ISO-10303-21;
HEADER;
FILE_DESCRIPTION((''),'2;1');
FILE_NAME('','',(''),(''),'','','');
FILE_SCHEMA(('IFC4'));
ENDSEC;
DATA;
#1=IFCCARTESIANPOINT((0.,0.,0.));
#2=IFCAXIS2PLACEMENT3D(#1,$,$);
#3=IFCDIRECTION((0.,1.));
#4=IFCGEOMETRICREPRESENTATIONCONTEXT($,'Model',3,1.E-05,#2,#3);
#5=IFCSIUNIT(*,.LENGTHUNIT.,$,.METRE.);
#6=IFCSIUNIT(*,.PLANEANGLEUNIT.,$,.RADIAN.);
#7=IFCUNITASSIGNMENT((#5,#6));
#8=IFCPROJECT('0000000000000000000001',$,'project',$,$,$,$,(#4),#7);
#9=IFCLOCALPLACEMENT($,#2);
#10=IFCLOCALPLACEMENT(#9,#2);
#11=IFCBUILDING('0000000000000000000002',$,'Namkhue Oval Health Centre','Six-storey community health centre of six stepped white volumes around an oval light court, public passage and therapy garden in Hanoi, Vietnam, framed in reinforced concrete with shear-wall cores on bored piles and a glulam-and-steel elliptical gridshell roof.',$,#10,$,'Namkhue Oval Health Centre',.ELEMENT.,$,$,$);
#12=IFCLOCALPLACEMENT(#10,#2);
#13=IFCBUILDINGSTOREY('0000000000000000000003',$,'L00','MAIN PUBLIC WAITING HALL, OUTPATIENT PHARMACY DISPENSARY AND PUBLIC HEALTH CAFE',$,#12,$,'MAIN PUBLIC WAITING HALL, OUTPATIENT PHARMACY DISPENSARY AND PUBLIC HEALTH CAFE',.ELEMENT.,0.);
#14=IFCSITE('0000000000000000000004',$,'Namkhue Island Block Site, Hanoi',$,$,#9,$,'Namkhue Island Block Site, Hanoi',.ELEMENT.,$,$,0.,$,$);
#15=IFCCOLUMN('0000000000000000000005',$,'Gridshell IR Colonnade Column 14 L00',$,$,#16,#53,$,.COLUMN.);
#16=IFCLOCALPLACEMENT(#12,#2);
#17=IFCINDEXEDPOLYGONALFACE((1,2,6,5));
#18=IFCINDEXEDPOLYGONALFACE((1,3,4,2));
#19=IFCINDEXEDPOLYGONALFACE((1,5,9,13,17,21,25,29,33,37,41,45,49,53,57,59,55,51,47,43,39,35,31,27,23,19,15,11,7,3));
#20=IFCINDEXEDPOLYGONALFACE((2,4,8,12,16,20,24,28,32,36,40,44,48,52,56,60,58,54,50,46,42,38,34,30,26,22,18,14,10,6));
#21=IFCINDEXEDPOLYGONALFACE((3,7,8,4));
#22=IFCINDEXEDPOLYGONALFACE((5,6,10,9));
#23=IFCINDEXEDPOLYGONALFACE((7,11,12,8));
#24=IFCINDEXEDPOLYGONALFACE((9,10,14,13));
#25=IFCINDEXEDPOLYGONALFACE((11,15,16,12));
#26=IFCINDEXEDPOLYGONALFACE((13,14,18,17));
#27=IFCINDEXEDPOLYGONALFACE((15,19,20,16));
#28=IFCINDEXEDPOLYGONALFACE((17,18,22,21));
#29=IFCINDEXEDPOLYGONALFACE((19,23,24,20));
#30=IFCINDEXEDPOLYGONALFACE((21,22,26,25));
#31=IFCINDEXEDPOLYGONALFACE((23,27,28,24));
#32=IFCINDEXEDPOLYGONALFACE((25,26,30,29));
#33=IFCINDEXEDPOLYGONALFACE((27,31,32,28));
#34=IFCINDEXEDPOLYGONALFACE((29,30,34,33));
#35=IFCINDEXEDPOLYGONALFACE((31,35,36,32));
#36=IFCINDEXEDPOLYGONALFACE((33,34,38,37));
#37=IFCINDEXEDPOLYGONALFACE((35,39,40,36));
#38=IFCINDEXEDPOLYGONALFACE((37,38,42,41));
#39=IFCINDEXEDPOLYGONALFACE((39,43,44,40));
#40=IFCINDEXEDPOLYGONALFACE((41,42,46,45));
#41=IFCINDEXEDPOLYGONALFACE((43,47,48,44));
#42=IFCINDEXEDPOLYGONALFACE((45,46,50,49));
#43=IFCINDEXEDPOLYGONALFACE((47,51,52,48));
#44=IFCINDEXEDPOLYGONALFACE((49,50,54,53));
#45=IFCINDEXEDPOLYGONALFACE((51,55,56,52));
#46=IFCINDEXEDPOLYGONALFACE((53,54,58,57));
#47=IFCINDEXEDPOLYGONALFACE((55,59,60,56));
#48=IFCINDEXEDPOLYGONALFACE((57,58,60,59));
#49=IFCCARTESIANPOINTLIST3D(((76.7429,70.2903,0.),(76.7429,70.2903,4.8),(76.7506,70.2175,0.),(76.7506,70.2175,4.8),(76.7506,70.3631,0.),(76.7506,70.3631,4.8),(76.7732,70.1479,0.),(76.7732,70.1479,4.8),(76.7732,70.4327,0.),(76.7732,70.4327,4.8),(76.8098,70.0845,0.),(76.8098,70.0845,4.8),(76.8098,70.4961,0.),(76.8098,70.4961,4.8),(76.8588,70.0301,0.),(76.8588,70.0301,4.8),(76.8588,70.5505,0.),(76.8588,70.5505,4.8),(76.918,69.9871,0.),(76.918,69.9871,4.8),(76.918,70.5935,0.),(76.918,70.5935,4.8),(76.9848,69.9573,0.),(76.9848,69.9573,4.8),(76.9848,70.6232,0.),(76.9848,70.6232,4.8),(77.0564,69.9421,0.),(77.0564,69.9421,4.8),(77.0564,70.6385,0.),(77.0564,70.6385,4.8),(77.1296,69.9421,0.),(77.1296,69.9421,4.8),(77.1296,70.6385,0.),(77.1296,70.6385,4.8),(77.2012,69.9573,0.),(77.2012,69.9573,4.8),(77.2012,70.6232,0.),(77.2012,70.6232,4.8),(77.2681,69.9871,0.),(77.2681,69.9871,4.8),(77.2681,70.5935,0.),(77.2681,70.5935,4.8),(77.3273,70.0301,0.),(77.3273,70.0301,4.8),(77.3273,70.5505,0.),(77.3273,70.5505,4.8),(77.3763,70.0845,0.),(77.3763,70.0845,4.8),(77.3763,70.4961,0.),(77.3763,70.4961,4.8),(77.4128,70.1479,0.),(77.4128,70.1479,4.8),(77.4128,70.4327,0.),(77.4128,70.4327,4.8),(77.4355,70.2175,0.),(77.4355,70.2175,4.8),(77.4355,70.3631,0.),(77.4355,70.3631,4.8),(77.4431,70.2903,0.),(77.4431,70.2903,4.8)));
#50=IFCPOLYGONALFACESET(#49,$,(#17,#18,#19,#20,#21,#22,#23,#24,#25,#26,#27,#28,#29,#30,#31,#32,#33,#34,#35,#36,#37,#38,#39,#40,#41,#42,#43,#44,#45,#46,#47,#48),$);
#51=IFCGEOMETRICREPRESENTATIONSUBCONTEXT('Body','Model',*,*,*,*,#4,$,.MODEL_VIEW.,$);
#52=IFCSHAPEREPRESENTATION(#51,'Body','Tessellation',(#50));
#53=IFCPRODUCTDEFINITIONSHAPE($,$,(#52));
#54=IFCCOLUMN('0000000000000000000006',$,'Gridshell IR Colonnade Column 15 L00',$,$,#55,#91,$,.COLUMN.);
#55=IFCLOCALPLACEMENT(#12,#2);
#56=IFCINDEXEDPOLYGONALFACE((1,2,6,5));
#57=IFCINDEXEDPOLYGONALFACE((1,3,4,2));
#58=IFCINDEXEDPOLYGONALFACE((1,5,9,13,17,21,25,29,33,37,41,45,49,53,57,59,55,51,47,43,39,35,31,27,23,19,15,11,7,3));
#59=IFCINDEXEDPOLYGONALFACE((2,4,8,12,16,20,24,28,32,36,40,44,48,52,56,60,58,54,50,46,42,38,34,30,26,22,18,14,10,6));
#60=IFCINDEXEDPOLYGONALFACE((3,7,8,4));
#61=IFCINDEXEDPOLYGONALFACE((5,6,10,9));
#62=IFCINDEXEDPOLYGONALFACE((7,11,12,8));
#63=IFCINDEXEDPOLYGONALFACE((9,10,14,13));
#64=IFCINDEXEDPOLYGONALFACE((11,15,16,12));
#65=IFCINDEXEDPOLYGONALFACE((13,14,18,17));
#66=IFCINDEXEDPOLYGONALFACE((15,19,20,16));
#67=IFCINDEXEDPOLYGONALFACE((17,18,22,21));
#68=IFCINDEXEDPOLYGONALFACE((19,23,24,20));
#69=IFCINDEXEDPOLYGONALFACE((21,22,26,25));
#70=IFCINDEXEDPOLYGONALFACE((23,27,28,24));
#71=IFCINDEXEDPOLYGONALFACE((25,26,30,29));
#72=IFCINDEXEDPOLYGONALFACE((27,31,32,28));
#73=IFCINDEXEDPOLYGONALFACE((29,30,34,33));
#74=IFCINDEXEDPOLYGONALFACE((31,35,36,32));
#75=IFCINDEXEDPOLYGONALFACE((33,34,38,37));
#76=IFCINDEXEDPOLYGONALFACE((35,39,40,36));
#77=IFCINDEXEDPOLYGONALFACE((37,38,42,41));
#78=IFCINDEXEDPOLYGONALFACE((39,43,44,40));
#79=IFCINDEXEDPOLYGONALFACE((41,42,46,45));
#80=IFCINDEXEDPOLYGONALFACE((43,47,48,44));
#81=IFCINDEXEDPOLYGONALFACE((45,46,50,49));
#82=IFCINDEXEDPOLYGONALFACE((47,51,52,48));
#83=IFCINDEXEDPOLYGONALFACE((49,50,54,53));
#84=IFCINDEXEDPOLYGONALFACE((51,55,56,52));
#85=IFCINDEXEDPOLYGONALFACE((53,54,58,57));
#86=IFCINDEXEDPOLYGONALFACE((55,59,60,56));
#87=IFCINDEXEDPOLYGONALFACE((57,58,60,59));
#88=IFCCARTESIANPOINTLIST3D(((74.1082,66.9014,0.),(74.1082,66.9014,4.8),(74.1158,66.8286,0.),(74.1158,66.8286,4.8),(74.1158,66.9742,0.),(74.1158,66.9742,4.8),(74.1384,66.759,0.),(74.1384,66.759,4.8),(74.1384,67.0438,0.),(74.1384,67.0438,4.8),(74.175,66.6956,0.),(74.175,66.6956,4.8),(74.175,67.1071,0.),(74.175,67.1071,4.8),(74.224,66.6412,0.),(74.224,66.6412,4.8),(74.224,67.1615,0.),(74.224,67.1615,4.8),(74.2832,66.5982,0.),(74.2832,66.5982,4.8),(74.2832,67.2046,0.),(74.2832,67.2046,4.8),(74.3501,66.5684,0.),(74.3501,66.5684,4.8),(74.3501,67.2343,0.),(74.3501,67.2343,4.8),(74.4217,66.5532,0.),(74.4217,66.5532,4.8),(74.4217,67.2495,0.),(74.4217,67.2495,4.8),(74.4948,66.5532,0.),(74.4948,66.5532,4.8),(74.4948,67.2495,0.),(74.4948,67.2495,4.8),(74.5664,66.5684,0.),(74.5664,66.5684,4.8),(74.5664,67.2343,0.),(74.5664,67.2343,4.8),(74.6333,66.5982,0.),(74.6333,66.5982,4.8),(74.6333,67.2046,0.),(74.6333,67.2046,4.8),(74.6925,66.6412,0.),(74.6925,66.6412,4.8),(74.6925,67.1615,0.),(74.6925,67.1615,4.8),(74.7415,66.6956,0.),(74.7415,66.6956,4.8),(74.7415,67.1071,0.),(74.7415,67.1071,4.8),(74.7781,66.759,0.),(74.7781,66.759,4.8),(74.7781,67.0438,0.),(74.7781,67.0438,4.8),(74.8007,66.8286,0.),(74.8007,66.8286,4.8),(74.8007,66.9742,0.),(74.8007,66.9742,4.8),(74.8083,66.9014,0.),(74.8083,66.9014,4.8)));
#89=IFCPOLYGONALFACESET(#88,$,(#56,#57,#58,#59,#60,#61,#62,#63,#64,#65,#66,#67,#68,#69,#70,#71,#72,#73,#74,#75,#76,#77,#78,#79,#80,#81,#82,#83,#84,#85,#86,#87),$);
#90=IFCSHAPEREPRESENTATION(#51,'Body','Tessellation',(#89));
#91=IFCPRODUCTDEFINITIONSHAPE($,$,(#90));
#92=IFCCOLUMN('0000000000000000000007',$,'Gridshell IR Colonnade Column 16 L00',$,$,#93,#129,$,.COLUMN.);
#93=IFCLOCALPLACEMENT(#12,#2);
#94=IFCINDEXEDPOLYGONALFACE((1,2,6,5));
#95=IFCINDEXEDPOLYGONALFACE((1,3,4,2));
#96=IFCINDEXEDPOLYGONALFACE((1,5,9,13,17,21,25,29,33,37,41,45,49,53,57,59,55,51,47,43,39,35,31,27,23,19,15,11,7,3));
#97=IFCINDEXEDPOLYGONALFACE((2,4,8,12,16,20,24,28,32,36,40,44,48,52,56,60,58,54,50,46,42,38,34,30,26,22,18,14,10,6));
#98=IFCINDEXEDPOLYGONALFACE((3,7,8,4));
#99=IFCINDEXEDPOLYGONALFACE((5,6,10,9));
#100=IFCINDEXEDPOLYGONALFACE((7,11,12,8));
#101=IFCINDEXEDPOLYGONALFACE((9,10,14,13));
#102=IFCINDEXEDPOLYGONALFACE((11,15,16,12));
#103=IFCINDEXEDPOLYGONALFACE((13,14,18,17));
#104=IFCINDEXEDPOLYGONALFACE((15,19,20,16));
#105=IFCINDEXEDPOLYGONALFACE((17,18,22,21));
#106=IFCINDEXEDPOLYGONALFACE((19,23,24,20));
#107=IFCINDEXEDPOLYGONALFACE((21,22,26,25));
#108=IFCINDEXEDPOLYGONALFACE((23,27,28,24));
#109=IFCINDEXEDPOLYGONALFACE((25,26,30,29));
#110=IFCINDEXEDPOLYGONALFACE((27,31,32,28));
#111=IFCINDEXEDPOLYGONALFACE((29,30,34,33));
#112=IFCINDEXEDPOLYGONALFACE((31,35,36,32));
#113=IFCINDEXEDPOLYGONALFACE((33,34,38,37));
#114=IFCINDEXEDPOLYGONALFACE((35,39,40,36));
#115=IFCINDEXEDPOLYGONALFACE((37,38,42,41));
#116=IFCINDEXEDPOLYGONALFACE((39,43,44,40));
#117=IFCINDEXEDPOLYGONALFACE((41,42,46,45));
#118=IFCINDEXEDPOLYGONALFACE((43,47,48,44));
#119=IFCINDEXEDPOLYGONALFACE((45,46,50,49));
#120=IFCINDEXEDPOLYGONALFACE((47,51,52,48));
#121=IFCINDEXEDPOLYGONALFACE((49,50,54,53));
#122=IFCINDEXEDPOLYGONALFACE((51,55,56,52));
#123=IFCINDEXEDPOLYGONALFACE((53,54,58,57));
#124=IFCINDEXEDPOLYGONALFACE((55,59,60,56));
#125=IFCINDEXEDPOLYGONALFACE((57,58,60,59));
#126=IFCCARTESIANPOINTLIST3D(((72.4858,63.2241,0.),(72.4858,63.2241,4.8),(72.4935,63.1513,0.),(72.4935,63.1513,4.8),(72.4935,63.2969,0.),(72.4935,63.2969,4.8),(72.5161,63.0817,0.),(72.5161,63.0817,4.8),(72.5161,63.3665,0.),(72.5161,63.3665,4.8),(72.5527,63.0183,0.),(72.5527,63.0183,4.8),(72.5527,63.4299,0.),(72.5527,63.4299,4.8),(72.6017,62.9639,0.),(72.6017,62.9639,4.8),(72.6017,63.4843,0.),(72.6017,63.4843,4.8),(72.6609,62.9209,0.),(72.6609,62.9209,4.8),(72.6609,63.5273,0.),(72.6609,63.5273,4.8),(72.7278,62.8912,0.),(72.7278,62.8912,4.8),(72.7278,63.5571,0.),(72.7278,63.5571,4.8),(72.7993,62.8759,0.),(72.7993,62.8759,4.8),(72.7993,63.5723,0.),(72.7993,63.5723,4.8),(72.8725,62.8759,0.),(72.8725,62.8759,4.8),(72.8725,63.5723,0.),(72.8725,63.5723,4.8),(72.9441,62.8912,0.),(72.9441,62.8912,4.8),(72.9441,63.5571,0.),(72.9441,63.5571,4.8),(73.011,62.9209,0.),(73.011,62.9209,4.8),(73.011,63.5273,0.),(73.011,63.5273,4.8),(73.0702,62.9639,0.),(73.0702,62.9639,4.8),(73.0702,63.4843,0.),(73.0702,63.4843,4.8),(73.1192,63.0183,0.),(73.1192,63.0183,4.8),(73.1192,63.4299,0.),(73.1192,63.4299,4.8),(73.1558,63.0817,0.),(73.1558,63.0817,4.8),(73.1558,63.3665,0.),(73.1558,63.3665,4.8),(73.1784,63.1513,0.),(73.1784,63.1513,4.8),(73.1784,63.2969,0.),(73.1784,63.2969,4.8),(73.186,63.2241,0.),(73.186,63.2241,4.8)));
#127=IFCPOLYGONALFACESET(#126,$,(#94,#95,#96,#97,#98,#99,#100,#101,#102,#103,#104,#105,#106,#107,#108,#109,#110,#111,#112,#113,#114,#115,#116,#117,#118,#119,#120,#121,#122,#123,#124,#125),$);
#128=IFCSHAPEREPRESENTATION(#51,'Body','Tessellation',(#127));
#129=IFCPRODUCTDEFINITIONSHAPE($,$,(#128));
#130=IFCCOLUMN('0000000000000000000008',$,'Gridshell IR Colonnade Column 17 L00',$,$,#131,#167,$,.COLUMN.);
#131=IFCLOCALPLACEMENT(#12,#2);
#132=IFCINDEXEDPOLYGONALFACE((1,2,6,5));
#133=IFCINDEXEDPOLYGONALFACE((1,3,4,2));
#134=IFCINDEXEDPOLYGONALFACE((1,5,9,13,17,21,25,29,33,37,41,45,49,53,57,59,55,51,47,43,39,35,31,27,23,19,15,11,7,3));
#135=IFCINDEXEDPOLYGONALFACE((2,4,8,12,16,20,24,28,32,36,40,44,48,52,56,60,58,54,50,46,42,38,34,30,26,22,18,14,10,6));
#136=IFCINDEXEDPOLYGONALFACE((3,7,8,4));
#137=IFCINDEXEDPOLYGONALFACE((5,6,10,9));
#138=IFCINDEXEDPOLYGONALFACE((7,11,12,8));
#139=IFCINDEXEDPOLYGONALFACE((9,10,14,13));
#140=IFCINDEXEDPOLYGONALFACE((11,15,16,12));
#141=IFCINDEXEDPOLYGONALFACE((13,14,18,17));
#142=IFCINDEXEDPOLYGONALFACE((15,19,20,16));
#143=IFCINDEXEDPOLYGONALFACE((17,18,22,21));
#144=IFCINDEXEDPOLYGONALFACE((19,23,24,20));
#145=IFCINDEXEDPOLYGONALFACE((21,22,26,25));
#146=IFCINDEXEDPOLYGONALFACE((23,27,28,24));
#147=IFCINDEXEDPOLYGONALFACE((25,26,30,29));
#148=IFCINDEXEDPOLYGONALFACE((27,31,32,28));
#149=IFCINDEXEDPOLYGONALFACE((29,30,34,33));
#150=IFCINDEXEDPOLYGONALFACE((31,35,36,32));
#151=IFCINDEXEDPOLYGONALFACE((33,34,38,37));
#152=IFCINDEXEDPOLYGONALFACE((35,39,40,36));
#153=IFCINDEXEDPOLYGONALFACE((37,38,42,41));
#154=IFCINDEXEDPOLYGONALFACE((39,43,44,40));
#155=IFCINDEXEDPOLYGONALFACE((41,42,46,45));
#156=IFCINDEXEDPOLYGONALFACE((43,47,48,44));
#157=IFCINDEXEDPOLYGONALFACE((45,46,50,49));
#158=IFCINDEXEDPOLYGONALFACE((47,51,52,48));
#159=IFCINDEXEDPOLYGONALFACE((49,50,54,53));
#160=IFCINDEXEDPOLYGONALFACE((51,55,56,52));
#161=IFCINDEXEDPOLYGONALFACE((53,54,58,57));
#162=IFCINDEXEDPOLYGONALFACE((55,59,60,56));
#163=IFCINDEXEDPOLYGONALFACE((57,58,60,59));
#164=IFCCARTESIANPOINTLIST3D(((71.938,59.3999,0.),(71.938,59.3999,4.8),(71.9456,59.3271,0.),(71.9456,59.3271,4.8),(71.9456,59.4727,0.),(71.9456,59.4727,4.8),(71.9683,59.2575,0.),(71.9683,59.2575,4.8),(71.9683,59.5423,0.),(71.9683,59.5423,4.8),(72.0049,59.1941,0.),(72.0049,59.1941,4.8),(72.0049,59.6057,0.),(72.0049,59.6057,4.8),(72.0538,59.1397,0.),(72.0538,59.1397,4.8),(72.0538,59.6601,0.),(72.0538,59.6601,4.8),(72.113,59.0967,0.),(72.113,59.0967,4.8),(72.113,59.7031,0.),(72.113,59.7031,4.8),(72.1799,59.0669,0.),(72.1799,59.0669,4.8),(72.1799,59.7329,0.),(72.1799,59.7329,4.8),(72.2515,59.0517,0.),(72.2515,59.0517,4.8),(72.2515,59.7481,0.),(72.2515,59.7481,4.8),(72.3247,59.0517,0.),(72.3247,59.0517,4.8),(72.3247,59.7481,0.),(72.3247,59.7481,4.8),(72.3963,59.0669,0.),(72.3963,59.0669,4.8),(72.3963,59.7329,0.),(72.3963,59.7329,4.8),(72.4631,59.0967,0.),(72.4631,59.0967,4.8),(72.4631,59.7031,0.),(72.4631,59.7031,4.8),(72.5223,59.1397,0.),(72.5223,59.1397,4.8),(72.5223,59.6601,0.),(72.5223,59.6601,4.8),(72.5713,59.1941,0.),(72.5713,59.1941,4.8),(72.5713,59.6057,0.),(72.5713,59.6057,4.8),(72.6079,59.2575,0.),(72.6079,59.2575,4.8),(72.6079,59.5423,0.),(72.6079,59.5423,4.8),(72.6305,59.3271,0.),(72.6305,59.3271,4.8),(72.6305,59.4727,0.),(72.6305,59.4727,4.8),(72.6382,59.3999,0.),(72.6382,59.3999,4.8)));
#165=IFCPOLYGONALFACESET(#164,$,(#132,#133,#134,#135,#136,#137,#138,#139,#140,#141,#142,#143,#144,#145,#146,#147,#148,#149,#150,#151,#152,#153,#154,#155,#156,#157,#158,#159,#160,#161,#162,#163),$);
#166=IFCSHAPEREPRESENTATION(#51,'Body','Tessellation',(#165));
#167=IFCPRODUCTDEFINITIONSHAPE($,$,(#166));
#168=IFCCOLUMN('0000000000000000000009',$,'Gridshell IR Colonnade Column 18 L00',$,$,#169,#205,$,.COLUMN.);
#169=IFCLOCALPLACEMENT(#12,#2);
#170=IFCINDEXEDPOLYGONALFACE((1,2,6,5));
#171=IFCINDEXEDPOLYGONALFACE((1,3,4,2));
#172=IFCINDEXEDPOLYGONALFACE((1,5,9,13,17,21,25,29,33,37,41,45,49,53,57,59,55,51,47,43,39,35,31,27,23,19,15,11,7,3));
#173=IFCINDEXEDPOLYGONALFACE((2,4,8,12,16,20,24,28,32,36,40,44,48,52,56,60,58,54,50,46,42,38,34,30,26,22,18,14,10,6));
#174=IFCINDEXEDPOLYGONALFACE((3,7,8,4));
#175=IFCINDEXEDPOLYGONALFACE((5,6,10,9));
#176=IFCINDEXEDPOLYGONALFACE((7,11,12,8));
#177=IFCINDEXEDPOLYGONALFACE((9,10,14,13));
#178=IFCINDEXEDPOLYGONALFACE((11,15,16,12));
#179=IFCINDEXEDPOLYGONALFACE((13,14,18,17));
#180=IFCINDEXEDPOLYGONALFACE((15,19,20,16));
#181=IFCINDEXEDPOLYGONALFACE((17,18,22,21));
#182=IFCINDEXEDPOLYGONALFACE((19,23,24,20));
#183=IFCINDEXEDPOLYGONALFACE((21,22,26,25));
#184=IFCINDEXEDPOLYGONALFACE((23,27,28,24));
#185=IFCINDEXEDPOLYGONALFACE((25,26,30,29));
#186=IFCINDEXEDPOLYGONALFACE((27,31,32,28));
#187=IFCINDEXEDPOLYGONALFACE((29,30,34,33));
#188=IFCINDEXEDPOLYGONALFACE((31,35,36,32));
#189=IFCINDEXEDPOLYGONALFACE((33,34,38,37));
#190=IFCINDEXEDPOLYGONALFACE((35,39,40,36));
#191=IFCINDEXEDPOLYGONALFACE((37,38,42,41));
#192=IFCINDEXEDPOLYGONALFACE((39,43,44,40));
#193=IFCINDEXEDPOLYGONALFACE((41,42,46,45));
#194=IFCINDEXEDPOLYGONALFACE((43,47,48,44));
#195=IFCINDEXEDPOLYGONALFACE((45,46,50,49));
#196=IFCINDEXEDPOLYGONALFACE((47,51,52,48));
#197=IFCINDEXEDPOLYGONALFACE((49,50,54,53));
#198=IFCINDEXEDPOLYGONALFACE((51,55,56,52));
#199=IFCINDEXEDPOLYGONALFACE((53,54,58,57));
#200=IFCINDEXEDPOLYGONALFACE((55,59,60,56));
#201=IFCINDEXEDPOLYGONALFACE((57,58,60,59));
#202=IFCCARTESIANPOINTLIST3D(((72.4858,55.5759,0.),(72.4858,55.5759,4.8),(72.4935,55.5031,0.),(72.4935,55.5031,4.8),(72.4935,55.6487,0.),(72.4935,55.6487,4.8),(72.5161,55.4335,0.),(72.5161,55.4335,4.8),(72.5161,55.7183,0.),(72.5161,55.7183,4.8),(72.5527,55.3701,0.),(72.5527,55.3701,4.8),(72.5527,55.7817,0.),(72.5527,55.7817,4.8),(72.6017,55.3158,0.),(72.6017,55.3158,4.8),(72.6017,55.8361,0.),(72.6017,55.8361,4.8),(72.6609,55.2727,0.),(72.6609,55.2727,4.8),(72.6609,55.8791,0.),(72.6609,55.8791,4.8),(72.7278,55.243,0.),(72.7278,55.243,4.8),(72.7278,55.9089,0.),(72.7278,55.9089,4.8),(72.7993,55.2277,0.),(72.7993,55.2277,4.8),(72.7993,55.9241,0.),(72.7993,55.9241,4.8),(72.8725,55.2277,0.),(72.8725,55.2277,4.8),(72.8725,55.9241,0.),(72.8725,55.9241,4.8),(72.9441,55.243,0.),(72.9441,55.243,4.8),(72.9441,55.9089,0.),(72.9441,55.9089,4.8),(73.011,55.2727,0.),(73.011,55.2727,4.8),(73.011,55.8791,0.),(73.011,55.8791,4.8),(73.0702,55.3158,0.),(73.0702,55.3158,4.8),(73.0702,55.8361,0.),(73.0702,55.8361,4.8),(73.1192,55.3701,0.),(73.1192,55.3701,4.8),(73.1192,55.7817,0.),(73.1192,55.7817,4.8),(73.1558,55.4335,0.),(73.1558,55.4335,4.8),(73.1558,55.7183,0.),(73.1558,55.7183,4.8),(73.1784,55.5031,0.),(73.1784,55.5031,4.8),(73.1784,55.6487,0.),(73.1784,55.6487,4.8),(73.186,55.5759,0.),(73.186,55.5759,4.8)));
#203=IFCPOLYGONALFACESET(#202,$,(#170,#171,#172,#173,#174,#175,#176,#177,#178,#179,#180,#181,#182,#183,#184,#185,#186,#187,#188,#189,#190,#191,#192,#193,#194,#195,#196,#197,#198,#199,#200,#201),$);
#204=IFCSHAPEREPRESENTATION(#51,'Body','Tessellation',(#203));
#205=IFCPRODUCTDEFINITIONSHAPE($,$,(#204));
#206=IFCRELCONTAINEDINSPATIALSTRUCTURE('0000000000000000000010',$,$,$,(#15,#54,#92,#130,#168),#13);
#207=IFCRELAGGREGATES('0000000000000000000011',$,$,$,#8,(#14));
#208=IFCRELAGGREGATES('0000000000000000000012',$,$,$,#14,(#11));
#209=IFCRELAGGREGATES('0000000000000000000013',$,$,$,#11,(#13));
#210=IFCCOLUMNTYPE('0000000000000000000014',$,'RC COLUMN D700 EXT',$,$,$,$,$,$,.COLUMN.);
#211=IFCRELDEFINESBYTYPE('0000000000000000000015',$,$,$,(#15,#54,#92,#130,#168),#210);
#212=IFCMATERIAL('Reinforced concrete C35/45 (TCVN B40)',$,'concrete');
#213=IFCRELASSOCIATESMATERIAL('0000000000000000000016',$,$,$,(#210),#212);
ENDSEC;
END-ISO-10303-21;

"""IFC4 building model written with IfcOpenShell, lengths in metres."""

from ifc_helpers import new_model, si_unit, direction, frame, origin, origin_2d, place, context, subcontext, project, spatial, circle, extrude, material, material_profile, profile_set, type_object, element, save


model = new_model("IFC4")

# Units and contexts
model_context = context("Model", 3, precision=1e-05, world=origin(), true_north=direction((0.0, 1.0)))
body_context = subcontext(model_context, "Body", "Model", "MODEL_VIEW")
ifc_project = project(units=[si_unit("LENGTHUNIT", "METRE"), si_unit("PLANEANGLEUNIT", "RADIAN")], contexts=[model_context])

# Site, building, storey
site_placement = place(None, origin())
site = spatial("IfcSite", under=ifc_project, at=site_placement, Name="Namkhue Island Block Site, Hanoi", LongName="Namkhue Island Block Site, Hanoi", CompositionType="ELEMENT", RefElevation=0.0)
building_placement = place(site_placement, origin())
building = spatial("IfcBuilding", under=site, at=building_placement, Name="Namkhue Oval Health Centre", Description="Six-storey community health centre of six stepped white volumes around an oval light court, public passage and therapy garden in Hanoi, Vietnam, framed in reinforced concrete with shear-wall cores on bored piles and a glulam-and-steel elliptical gridshell roof.", LongName="Namkhue Oval Health Centre", CompositionType="ELEMENT")
storey_placement = place(building_placement, origin())
storey = spatial("IfcBuildingStorey", under=building, at=storey_placement, Name="L00", Description="MAIN PUBLIC WAITING HALL, OUTPATIENT PHARMACY DISPENSARY AND PUBLIC HEALTH CAFE", LongName="MAIN PUBLIC WAITING HALL, OUTPATIENT PHARMACY DISPENSARY AND PUBLIC HEALTH CAFE", CompositionType="ELEMENT", Elevation=0.0)

# Columns
ifc_material_1 = material(Name="Reinforced concrete C35/45 (TCVN B40)", Category="concrete")
ifc_material_profile_1 = material_profile(ifc_material_1, circle(Radius=0.3501, at=origin_2d()), Name="RC D700")
ifc_profile_set_1 = profile_set([ifc_material_profile_1], Name="Reinforced concrete C35/45 (TCVN B40)")
column_type = type_object("IfcColumnType", Name="RC COLUMN D700 EXT", PredefinedType="COLUMN", material=ifc_profile_set_1)
for number, where, z_axis, x_axis, name in (
    (1, (77.093, 70.2903, 0.0), (0.0, 0.0, 1.0), (1.0, 0.0, 0.0), "Gridshell IR Colonnade Column 14 L00"),
    (2, (74.4583, 66.9014, 0.0), (0.0, 0.0, 1.0), (1.0, 0.0, 0.0), "Gridshell IR Colonnade Column 15 L00"),
    (3, (72.8359, 63.2241, 0.0), (0.0, 0.0, 1.0), (1.0, 0.0, 0.0), "Gridshell IR Colonnade Column 16 L00"),
    (4, (72.2881, 59.3999, 0.0), (0.0, 0.0, 1.0), (1.0, 0.0, 0.0), "Gridshell IR Colonnade Column 17 L00"),
    (5, (72.8359, 55.5759, 0.0), (0.0, 0.0, 1.0), (1.0, 0.0, 0.0), "Gridshell IR Colonnade Column 18 L00"),
):
    element("IfcColumn", number, at=place(storey_placement, frame(where, z_axis=z_axis, x_axis=x_axis)), inside=storey, type_object=column_type, Name=name, PredefinedType="COLUMN", context=body_context, shape_type="SweptSolid", body=[
        extrude(circle(Radius=0.3501, at=origin_2d()), origin(), (0.0, 0.0, 1.0), 4.8),
    ])

save(model, "model.ifc")
